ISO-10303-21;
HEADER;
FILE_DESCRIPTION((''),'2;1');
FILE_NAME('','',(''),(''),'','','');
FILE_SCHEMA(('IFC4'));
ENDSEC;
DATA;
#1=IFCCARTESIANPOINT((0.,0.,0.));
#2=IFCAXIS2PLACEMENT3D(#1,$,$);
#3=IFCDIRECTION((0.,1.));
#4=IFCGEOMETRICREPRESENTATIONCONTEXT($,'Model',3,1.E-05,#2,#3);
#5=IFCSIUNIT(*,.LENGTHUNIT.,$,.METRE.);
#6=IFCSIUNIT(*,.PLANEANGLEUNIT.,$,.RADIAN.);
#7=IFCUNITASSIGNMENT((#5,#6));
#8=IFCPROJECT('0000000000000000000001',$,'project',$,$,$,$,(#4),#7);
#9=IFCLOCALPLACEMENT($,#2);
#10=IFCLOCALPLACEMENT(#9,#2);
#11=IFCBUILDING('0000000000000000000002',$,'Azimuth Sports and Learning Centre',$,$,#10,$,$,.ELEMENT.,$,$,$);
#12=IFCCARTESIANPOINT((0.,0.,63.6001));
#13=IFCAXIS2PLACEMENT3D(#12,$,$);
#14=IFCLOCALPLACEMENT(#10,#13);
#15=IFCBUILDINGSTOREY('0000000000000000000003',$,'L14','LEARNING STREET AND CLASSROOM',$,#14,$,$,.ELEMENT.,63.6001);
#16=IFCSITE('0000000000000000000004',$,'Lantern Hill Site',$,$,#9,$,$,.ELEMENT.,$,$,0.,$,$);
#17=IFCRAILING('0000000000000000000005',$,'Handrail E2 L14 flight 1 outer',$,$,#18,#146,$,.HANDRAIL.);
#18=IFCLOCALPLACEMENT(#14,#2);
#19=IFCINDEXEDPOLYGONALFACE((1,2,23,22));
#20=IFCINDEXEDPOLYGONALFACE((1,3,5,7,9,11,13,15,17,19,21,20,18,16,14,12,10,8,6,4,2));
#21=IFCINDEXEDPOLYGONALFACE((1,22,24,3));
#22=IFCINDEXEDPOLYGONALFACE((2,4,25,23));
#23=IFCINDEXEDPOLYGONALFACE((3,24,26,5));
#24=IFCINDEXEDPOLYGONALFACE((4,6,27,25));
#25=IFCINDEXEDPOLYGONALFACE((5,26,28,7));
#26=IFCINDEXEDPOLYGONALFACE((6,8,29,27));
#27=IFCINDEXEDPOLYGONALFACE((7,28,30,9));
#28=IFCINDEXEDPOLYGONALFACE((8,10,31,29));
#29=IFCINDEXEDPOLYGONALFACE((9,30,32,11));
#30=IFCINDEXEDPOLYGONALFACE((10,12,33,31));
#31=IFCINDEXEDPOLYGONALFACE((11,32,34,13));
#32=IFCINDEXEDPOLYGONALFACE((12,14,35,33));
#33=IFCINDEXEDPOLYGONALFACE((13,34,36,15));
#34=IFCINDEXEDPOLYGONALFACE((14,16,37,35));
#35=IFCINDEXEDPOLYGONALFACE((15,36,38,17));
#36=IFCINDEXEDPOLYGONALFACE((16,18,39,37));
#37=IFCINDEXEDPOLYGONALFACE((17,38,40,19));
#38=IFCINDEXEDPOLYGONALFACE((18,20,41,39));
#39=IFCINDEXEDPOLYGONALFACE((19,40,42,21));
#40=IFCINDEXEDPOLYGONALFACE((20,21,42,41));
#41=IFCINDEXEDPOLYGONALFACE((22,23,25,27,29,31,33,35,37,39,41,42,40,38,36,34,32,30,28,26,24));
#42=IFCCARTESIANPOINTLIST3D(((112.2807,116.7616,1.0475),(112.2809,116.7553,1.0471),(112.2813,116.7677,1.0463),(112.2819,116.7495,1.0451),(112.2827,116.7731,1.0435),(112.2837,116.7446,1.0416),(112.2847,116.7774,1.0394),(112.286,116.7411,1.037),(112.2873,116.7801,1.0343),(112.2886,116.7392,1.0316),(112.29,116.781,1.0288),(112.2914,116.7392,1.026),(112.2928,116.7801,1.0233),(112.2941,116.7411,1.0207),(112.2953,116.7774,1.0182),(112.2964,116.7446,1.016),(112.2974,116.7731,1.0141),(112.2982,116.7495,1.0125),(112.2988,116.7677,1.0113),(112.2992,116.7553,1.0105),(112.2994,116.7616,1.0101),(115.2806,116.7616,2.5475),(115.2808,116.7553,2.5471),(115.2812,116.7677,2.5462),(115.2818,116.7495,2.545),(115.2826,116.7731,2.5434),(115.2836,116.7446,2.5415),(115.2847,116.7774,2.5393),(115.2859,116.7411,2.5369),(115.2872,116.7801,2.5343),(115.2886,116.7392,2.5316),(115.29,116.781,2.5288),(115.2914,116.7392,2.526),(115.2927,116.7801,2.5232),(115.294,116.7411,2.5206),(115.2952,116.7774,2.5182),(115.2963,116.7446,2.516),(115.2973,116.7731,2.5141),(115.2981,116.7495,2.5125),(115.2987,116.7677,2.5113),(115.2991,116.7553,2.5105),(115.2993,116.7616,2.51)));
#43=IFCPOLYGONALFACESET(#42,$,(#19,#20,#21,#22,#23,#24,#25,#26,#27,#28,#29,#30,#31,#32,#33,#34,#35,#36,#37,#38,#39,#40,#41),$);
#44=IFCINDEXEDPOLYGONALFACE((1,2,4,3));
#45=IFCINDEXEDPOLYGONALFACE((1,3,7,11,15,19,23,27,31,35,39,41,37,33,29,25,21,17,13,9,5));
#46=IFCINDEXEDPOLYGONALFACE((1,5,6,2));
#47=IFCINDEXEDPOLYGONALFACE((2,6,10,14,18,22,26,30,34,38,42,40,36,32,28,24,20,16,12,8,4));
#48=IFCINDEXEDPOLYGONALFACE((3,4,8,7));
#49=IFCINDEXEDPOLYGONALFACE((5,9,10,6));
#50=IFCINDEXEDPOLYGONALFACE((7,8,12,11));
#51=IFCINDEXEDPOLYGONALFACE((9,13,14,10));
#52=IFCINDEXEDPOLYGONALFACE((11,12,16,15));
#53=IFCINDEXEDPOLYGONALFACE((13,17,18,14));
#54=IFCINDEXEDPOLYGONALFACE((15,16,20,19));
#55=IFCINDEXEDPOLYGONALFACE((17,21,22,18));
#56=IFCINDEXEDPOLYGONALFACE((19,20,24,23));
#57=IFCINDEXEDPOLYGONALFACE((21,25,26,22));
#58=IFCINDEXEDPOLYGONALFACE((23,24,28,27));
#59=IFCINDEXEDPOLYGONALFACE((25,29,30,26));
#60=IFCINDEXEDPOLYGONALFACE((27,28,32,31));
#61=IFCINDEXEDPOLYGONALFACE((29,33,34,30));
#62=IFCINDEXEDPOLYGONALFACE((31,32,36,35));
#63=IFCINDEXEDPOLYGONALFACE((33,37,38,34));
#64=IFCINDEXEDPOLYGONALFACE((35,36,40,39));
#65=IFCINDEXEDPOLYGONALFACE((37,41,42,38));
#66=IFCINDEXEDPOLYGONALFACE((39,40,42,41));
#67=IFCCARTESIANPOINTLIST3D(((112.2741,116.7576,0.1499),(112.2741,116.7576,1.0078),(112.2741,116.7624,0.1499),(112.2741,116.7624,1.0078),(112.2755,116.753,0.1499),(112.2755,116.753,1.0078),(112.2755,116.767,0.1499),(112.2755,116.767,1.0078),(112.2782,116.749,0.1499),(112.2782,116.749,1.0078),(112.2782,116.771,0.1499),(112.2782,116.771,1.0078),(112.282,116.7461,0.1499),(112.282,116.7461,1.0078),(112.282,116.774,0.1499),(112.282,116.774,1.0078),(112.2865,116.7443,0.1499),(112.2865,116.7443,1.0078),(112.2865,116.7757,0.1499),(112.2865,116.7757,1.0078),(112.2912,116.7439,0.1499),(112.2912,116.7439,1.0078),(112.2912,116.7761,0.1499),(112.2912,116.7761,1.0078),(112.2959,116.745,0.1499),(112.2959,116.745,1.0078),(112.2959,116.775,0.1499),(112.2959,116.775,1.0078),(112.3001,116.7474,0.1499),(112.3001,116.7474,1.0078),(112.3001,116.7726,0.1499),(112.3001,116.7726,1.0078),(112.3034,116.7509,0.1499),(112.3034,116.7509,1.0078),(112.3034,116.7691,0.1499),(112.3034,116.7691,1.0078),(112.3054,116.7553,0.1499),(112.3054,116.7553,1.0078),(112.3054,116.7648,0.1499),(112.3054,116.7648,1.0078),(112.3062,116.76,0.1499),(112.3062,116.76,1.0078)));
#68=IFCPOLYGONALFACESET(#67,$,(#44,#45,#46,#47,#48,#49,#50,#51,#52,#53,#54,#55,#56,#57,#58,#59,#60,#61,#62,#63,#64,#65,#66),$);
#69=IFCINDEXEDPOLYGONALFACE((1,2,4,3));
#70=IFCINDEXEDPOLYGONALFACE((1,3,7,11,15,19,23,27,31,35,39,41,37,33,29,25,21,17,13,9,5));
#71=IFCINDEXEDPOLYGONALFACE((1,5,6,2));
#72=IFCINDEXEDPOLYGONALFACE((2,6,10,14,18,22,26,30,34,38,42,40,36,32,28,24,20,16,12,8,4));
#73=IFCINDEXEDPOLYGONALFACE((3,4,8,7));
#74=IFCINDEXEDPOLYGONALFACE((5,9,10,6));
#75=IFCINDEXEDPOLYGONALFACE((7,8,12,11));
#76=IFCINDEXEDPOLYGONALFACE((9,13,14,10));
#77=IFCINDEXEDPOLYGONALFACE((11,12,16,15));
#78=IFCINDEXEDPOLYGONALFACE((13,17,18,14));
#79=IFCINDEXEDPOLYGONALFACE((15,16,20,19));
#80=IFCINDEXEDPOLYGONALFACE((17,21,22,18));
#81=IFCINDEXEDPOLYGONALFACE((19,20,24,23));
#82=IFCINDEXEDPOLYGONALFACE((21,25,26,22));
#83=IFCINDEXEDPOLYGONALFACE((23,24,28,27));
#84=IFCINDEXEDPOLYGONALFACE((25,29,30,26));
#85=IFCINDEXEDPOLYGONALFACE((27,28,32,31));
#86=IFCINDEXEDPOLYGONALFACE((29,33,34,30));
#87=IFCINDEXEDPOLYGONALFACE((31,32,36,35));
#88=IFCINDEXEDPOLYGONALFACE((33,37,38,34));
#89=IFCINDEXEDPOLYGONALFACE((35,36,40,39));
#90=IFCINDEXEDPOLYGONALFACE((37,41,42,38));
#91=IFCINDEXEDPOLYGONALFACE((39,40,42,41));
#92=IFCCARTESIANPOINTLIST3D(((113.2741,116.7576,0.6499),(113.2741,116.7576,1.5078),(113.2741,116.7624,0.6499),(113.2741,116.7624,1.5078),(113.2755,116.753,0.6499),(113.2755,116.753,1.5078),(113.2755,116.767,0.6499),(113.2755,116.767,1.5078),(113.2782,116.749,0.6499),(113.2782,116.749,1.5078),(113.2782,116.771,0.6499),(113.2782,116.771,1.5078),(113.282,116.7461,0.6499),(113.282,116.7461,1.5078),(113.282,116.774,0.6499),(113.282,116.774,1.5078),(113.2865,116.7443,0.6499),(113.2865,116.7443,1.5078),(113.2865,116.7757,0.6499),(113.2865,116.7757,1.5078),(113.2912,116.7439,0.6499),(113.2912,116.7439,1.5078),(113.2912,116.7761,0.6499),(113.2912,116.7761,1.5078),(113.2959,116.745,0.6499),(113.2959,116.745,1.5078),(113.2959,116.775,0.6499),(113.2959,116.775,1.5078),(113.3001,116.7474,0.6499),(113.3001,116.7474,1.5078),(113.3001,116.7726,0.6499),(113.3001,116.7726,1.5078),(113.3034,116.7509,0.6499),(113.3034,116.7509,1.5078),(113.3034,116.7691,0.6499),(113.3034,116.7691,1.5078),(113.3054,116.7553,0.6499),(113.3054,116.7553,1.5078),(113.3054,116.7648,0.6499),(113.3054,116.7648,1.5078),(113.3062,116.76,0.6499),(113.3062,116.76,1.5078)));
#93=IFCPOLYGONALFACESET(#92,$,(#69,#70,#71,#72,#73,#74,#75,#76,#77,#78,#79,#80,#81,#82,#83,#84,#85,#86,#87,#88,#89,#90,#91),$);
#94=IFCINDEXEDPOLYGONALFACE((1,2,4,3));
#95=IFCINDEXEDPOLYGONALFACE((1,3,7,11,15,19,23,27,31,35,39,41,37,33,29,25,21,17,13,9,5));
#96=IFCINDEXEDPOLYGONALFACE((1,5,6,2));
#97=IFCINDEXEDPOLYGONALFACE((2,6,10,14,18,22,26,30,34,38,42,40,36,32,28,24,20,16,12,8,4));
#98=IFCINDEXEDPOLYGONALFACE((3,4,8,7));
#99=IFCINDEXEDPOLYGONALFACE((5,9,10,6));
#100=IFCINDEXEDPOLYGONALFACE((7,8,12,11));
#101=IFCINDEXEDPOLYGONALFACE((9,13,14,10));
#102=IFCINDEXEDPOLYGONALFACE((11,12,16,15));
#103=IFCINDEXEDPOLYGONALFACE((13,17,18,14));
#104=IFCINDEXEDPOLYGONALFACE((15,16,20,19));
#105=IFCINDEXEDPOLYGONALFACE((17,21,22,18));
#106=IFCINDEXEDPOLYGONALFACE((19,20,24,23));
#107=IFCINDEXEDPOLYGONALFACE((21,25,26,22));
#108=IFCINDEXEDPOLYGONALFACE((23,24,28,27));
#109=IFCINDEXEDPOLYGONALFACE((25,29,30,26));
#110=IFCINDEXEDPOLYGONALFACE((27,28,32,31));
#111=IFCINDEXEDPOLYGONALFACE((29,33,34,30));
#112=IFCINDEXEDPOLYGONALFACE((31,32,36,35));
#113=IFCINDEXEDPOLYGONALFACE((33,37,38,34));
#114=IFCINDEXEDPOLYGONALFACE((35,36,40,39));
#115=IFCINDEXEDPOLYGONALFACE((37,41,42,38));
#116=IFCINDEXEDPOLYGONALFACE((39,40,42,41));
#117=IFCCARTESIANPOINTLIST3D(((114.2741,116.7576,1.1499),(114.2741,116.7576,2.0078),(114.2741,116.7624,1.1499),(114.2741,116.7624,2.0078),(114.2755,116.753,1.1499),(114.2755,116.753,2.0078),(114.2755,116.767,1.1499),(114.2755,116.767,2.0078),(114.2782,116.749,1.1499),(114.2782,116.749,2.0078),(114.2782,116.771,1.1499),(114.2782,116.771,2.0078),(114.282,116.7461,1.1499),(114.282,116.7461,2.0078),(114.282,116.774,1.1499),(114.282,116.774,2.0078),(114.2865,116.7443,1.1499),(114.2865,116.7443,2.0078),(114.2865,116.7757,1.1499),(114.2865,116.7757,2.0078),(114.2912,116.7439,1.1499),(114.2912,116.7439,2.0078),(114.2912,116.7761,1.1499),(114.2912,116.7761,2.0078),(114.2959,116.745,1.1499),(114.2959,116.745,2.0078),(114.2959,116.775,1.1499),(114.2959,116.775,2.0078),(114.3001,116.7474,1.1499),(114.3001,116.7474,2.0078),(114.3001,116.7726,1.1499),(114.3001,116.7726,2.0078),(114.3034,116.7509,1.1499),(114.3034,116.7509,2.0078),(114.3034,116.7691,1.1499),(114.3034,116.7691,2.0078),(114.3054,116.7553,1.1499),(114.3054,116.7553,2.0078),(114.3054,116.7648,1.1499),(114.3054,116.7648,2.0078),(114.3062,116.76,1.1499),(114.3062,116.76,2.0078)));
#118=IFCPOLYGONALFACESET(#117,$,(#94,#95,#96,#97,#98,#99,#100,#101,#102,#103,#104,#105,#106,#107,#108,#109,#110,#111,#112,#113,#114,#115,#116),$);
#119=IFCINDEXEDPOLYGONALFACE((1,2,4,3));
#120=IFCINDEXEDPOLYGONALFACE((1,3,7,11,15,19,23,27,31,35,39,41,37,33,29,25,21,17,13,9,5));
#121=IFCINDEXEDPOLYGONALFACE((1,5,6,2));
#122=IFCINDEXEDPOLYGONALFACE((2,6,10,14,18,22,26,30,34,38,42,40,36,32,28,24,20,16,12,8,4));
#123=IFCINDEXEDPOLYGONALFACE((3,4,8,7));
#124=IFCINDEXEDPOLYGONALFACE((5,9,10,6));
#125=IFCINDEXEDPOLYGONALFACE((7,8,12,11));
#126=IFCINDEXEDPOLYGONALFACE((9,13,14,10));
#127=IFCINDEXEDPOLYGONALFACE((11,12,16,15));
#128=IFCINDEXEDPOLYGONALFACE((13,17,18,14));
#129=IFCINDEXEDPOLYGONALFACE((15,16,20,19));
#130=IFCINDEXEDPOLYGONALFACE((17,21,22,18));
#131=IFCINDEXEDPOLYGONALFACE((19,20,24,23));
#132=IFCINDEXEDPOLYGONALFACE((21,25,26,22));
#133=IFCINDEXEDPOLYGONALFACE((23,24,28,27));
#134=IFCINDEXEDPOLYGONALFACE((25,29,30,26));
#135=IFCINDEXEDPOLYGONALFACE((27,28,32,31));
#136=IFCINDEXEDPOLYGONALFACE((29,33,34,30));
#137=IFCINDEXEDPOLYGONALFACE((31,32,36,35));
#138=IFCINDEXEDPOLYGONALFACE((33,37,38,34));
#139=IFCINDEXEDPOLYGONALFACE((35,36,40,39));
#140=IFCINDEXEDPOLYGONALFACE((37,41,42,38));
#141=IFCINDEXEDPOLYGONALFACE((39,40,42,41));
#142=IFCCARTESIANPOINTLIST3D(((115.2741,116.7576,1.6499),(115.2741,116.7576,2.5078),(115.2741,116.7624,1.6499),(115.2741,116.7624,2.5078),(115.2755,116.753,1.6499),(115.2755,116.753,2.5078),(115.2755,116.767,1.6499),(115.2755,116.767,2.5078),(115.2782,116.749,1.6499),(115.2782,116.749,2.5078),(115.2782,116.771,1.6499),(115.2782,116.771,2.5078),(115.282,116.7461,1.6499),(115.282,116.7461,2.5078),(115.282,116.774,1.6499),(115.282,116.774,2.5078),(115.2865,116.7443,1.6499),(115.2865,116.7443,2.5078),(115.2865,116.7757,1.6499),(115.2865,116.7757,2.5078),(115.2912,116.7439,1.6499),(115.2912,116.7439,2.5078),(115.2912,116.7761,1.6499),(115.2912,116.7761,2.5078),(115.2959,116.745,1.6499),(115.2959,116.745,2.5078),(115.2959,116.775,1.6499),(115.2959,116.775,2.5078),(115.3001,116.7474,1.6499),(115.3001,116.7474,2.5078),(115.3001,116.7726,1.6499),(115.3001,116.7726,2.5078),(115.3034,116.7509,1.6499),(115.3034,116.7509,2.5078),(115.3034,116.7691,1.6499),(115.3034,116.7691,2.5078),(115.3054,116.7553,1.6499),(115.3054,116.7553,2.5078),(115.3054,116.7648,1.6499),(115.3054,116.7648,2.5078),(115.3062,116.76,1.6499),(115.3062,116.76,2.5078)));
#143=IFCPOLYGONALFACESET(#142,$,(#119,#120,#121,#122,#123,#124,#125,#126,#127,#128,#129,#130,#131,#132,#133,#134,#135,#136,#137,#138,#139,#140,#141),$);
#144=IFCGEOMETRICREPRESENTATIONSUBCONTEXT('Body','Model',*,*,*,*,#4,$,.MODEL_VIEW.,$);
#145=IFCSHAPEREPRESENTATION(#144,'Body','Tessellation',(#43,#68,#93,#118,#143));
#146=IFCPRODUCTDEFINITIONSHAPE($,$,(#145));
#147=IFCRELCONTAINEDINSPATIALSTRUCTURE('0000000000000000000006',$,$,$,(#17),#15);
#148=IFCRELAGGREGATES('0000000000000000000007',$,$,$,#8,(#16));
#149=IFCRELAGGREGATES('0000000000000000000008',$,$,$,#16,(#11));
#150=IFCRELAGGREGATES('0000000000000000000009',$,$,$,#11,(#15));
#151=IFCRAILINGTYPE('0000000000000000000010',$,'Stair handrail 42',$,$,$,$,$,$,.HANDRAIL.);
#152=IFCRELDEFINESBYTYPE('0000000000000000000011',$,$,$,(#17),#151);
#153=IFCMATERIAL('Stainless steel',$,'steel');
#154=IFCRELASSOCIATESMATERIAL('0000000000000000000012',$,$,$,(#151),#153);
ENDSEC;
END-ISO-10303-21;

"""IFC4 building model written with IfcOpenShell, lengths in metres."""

from ifc_helpers import new_model, si_unit, direction, frame, origin, origin_2d, place, context, subcontext, project, spatial, circle, extrude, material, type_object, element, save


model = new_model("IFC4")

# Units and contexts
model_context = context("Model", 3, precision=1e-05, world=origin(), true_north=direction((0.0, 1.0)))
body_context = subcontext(model_context, "Body", "Model", "MODEL_VIEW")
ifc_project = project(units=[si_unit("LENGTHUNIT", "METRE"), si_unit("PLANEANGLEUNIT", "RADIAN")], contexts=[model_context])

# Site, building, storey
site_placement = place(None, origin())
site = spatial("IfcSite", under=ifc_project, at=site_placement, Name="Lantern Hill Site", CompositionType="ELEMENT", RefElevation=0.0)
building_placement = place(site_placement, origin())
building = spatial("IfcBuilding", under=site, at=building_placement, Name="Azimuth Sports and Learning Centre", CompositionType="ELEMENT")
storey_placement = place(building_placement, frame((0.0, 0.0, 63.6001)))
storey = spatial("IfcBuildingStorey", under=building, at=storey_placement, Name="L14", Description="LEARNING STREET AND CLASSROOM", CompositionType="ELEMENT", Elevation=63.6001)

# Railing
ifc_material_1 = material(Name="Stainless steel", Category="steel")
railing_type_1 = type_object("IfcRailingType", Name="Stair handrail 42", PredefinedType="HANDRAIL", material=ifc_material_1)
for number, where, name in (
    (1, (112.29, 116.76, 0.1499), "Handrail E2 L14 flight 1 outer"),
):
    element("IfcRailing", number, at=place(storey_placement, frame(where)), inside=storey, type_object=railing_type_1, Name=name, PredefinedType="HANDRAIL", context=body_context, shape_type="SweptSolid", body=[
        extrude(circle(Radius=0.021, at=origin_2d()), frame((0.0, 0.0, 0.8789), z_axis=(0.894427, 0.0, 0.447214), x_axis=(0.0, 1.0, 0.0)), (0.0, 0.0, 1.0), 3.354),
        extrude(circle(Radius=0.0161, at=origin_2d()), origin(), (0.0, 0.0, 1.0), 0.8579),
        extrude(circle(Radius=0.0161, at=origin_2d()), frame((1.0, 0.0, 0.5)), (0.0, 0.0, 1.0), 0.8579),
        extrude(circle(Radius=0.0161, at=origin_2d()), frame((2.0, 0.0, 1.0)), (0.0, 0.0, 1.0), 0.8579),
        extrude(circle(Radius=0.0161, at=origin_2d()), frame((3.0, 0.0, 1.5)), (0.0, 0.0, 1.0), 0.8579),
    ])

save(model, "model.ifc")
